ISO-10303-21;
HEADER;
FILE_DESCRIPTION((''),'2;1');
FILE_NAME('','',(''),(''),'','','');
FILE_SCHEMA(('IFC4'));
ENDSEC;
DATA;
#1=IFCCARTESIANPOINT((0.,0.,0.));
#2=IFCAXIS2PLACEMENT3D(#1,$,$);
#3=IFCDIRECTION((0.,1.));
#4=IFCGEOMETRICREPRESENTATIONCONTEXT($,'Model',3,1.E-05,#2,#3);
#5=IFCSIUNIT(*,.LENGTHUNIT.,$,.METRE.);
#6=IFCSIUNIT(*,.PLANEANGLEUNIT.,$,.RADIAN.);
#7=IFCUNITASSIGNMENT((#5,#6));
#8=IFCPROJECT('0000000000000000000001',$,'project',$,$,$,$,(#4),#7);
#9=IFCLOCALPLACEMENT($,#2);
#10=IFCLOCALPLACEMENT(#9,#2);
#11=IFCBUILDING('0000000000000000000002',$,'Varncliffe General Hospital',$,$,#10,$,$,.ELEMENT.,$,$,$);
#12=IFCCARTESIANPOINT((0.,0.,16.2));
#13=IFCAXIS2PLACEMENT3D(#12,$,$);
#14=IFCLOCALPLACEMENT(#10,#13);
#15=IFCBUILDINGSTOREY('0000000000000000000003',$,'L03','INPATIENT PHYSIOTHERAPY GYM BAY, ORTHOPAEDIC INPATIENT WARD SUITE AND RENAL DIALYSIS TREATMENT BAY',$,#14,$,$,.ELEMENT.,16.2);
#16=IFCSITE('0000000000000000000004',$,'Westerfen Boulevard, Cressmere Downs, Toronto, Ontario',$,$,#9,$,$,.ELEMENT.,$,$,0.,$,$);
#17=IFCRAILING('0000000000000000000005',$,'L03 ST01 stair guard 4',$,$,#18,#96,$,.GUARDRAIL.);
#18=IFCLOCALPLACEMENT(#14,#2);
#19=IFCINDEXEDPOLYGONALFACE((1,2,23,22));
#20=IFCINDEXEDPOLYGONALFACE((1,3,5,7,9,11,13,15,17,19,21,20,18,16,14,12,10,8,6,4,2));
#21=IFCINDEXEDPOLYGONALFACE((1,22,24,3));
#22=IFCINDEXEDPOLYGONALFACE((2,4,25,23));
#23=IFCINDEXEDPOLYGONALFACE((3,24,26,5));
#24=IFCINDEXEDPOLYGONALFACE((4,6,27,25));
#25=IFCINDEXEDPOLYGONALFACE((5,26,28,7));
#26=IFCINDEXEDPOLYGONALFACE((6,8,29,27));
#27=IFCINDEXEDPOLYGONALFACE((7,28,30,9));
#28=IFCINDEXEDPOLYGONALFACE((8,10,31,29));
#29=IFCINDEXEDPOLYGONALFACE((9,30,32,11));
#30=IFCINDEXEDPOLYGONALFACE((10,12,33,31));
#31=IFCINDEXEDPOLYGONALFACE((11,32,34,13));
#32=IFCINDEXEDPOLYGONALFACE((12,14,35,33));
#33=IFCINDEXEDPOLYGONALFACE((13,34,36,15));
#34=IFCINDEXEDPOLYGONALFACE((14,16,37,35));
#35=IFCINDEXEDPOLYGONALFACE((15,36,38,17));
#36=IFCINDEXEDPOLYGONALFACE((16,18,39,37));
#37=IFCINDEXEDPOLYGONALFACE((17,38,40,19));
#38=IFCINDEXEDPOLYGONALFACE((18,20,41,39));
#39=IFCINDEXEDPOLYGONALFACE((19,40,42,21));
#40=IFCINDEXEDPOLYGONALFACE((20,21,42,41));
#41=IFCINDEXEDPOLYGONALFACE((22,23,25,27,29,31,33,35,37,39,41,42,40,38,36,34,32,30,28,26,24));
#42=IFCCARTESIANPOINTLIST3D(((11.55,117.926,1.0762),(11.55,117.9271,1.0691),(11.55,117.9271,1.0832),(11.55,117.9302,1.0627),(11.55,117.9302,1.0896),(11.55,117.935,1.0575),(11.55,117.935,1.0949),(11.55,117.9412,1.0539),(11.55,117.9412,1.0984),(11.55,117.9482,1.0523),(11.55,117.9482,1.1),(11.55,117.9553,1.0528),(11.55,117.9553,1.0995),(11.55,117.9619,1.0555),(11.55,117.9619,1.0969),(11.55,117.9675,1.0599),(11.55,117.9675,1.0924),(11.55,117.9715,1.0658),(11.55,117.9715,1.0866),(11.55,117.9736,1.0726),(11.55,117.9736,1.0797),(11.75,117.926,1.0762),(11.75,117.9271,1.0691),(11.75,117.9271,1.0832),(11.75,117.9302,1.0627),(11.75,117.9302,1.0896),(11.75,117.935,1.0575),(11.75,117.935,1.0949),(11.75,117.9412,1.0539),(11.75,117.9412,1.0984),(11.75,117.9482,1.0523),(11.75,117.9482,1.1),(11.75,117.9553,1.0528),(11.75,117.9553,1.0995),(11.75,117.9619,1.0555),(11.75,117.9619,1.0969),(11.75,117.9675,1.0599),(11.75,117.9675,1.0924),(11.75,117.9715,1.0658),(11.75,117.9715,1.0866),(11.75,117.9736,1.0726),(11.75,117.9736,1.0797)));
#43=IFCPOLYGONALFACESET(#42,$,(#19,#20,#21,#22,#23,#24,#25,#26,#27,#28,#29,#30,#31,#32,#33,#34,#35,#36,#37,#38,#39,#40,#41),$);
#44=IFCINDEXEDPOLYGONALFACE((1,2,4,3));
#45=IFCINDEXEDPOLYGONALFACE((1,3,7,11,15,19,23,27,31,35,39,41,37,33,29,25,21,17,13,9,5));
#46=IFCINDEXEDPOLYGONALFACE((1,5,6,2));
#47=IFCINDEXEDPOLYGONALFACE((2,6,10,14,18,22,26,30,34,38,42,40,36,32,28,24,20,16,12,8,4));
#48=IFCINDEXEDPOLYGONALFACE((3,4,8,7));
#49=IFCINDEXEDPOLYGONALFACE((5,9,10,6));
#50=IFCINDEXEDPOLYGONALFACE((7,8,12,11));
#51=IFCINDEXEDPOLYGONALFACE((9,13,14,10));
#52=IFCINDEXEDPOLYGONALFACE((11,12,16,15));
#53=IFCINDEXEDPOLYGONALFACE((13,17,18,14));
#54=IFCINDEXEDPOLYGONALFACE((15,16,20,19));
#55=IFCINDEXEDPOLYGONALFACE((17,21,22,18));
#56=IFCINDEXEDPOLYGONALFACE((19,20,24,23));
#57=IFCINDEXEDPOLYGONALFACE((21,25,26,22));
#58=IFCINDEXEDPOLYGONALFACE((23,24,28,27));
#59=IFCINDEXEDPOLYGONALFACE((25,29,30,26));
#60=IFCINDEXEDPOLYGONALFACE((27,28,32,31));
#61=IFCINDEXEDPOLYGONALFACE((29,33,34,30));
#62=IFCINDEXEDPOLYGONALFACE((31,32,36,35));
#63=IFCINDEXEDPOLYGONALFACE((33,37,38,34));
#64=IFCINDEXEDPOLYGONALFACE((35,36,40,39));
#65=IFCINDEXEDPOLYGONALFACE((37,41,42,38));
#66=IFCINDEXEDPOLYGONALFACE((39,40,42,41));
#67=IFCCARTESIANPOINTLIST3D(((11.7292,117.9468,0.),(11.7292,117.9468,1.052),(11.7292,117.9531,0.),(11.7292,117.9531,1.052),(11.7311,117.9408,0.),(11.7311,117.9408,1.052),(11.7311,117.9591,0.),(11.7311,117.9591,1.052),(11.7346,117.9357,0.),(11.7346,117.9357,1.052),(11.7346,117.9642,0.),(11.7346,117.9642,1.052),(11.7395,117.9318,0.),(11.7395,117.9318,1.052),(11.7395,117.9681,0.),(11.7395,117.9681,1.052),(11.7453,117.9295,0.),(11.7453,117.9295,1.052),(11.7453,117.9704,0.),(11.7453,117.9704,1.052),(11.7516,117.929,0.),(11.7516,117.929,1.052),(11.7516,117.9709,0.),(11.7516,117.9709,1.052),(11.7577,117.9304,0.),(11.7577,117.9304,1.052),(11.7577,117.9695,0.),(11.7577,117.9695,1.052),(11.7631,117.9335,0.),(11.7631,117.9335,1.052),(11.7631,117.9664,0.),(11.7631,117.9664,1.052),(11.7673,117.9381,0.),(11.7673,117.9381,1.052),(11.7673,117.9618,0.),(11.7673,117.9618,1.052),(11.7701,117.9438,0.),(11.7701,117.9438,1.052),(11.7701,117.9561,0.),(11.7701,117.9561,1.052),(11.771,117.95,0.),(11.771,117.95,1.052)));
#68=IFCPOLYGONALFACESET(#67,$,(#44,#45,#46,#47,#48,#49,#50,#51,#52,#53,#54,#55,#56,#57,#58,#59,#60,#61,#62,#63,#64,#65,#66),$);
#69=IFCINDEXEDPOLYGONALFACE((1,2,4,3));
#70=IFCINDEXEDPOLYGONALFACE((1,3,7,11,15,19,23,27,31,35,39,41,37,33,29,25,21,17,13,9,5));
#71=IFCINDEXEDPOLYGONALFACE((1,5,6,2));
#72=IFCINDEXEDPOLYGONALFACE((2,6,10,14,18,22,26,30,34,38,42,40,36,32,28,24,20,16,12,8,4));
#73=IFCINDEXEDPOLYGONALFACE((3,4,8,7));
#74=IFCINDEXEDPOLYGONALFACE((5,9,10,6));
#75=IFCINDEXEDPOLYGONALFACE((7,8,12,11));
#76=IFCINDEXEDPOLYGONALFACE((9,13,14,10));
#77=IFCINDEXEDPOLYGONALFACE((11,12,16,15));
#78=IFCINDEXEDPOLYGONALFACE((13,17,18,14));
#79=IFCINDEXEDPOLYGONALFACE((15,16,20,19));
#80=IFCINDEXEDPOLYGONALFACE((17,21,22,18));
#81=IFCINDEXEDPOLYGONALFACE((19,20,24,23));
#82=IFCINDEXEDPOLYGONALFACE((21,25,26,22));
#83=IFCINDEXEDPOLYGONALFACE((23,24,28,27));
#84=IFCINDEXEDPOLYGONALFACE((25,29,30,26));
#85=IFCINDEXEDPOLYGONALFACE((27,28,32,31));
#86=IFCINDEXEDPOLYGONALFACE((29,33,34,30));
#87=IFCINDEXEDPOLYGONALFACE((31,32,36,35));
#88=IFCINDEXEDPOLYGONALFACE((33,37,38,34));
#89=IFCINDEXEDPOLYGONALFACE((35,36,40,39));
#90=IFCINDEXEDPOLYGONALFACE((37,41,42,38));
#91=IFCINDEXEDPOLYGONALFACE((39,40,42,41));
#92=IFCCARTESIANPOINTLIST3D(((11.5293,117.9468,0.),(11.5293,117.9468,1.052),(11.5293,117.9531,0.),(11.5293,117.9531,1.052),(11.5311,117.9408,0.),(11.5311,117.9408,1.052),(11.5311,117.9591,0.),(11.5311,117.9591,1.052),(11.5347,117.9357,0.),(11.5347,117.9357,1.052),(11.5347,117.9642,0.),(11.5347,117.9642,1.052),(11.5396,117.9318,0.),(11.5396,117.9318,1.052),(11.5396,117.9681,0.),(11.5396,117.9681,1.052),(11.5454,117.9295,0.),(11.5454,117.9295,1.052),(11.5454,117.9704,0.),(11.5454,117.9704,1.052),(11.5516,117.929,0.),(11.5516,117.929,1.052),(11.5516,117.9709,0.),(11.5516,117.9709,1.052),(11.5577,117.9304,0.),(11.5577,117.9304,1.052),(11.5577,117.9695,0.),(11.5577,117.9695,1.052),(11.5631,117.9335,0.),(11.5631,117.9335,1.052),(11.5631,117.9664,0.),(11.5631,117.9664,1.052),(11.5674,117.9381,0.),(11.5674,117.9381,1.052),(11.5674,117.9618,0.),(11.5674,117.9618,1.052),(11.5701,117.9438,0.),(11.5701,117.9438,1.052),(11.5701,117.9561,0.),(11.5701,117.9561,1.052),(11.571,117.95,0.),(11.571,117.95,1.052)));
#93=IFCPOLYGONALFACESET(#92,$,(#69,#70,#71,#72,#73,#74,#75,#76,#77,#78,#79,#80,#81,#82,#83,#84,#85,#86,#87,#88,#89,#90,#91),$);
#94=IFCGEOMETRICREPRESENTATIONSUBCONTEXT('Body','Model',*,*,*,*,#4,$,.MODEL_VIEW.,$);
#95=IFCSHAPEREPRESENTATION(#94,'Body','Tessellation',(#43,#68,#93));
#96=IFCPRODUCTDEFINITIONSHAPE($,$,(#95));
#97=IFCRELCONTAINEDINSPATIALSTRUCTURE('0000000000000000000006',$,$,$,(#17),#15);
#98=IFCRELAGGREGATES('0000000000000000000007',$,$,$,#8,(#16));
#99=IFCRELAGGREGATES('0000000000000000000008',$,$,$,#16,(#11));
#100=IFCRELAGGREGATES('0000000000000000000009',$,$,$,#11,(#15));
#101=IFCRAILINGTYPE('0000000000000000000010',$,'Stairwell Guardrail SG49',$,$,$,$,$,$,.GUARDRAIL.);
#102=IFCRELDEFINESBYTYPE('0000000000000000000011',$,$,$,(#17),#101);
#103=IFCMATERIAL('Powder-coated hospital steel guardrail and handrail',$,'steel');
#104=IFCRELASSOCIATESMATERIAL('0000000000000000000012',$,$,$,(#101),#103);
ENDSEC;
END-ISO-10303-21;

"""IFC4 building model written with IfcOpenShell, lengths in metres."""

from ifc_helpers import new_model, si_unit, direction, frame, origin, origin_2d, place, context, subcontext, project, spatial, circle, extrude, material, type_object, element, save


model = new_model("IFC4")

# Units and contexts
model_context = context("Model", 3, precision=1e-05, world=origin(), true_north=direction((0.0, 1.0)))
body_context = subcontext(model_context, "Body", "Model", "MODEL_VIEW")
ifc_project = project(units=[si_unit("LENGTHUNIT", "METRE"), si_unit("PLANEANGLEUNIT", "RADIAN")], contexts=[model_context])

# Site, building, storey
site_placement = place(None, origin())
site = spatial("IfcSite", under=ifc_project, at=site_placement, Name="Westerfen Boulevard, Cressmere Downs, Toronto, Ontario", CompositionType="ELEMENT", RefElevation=0.0)
building_placement = place(site_placement, origin())
building = spatial("IfcBuilding", under=site, at=building_placement, Name="Varncliffe General Hospital", CompositionType="ELEMENT")
storey_placement = place(building_placement, frame((0.0, 0.0, 16.2)))
storey = spatial("IfcBuildingStorey", under=building, at=storey_placement, Name="L03", Description="INPATIENT PHYSIOTHERAPY GYM BAY, ORTHOPAEDIC INPATIENT WARD SUITE AND RENAL DIALYSIS TREATMENT BAY", CompositionType="ELEMENT", Elevation=16.2)

# Railing
ifc_material_1 = material(Name="Powder-coated hospital steel guardrail and handrail", Category="steel")
railing_type_1 = type_object("IfcRailingType", Name="Stairwell Guardrail SG49", PredefinedType="GUARDRAIL", material=ifc_material_1)
railing_1_placement = place(storey_placement, frame((11.75, 117.95, 0.0)))
element("IfcRailing", 1, at=railing_1_placement, inside=storey, type_object=railing_type_1, Name="L03 ST01 stair guard 4", PredefinedType="GUARDRAIL", context=body_context, shape_type="SweptSolid", body=[
    extrude(circle(Radius=0.0239, at=origin_2d()), frame((0.0, 0.0, 1.0762), z_axis=(-1.0, 0.0, 0.0), x_axis=(0.0, -1.0, 0.0)), (0.0, 0.0, 1.0), 0.2),
    extrude(circle(Radius=0.021, at=origin_2d()), origin(), (0.0, 0.0, 1.0), 1.052),
    extrude(circle(Radius=0.021, at=origin_2d()), frame((-0.2, 0.0, 0.0)), (0.0, 0.0, 1.0), 1.052),
])

save(model, "model.ifc")
